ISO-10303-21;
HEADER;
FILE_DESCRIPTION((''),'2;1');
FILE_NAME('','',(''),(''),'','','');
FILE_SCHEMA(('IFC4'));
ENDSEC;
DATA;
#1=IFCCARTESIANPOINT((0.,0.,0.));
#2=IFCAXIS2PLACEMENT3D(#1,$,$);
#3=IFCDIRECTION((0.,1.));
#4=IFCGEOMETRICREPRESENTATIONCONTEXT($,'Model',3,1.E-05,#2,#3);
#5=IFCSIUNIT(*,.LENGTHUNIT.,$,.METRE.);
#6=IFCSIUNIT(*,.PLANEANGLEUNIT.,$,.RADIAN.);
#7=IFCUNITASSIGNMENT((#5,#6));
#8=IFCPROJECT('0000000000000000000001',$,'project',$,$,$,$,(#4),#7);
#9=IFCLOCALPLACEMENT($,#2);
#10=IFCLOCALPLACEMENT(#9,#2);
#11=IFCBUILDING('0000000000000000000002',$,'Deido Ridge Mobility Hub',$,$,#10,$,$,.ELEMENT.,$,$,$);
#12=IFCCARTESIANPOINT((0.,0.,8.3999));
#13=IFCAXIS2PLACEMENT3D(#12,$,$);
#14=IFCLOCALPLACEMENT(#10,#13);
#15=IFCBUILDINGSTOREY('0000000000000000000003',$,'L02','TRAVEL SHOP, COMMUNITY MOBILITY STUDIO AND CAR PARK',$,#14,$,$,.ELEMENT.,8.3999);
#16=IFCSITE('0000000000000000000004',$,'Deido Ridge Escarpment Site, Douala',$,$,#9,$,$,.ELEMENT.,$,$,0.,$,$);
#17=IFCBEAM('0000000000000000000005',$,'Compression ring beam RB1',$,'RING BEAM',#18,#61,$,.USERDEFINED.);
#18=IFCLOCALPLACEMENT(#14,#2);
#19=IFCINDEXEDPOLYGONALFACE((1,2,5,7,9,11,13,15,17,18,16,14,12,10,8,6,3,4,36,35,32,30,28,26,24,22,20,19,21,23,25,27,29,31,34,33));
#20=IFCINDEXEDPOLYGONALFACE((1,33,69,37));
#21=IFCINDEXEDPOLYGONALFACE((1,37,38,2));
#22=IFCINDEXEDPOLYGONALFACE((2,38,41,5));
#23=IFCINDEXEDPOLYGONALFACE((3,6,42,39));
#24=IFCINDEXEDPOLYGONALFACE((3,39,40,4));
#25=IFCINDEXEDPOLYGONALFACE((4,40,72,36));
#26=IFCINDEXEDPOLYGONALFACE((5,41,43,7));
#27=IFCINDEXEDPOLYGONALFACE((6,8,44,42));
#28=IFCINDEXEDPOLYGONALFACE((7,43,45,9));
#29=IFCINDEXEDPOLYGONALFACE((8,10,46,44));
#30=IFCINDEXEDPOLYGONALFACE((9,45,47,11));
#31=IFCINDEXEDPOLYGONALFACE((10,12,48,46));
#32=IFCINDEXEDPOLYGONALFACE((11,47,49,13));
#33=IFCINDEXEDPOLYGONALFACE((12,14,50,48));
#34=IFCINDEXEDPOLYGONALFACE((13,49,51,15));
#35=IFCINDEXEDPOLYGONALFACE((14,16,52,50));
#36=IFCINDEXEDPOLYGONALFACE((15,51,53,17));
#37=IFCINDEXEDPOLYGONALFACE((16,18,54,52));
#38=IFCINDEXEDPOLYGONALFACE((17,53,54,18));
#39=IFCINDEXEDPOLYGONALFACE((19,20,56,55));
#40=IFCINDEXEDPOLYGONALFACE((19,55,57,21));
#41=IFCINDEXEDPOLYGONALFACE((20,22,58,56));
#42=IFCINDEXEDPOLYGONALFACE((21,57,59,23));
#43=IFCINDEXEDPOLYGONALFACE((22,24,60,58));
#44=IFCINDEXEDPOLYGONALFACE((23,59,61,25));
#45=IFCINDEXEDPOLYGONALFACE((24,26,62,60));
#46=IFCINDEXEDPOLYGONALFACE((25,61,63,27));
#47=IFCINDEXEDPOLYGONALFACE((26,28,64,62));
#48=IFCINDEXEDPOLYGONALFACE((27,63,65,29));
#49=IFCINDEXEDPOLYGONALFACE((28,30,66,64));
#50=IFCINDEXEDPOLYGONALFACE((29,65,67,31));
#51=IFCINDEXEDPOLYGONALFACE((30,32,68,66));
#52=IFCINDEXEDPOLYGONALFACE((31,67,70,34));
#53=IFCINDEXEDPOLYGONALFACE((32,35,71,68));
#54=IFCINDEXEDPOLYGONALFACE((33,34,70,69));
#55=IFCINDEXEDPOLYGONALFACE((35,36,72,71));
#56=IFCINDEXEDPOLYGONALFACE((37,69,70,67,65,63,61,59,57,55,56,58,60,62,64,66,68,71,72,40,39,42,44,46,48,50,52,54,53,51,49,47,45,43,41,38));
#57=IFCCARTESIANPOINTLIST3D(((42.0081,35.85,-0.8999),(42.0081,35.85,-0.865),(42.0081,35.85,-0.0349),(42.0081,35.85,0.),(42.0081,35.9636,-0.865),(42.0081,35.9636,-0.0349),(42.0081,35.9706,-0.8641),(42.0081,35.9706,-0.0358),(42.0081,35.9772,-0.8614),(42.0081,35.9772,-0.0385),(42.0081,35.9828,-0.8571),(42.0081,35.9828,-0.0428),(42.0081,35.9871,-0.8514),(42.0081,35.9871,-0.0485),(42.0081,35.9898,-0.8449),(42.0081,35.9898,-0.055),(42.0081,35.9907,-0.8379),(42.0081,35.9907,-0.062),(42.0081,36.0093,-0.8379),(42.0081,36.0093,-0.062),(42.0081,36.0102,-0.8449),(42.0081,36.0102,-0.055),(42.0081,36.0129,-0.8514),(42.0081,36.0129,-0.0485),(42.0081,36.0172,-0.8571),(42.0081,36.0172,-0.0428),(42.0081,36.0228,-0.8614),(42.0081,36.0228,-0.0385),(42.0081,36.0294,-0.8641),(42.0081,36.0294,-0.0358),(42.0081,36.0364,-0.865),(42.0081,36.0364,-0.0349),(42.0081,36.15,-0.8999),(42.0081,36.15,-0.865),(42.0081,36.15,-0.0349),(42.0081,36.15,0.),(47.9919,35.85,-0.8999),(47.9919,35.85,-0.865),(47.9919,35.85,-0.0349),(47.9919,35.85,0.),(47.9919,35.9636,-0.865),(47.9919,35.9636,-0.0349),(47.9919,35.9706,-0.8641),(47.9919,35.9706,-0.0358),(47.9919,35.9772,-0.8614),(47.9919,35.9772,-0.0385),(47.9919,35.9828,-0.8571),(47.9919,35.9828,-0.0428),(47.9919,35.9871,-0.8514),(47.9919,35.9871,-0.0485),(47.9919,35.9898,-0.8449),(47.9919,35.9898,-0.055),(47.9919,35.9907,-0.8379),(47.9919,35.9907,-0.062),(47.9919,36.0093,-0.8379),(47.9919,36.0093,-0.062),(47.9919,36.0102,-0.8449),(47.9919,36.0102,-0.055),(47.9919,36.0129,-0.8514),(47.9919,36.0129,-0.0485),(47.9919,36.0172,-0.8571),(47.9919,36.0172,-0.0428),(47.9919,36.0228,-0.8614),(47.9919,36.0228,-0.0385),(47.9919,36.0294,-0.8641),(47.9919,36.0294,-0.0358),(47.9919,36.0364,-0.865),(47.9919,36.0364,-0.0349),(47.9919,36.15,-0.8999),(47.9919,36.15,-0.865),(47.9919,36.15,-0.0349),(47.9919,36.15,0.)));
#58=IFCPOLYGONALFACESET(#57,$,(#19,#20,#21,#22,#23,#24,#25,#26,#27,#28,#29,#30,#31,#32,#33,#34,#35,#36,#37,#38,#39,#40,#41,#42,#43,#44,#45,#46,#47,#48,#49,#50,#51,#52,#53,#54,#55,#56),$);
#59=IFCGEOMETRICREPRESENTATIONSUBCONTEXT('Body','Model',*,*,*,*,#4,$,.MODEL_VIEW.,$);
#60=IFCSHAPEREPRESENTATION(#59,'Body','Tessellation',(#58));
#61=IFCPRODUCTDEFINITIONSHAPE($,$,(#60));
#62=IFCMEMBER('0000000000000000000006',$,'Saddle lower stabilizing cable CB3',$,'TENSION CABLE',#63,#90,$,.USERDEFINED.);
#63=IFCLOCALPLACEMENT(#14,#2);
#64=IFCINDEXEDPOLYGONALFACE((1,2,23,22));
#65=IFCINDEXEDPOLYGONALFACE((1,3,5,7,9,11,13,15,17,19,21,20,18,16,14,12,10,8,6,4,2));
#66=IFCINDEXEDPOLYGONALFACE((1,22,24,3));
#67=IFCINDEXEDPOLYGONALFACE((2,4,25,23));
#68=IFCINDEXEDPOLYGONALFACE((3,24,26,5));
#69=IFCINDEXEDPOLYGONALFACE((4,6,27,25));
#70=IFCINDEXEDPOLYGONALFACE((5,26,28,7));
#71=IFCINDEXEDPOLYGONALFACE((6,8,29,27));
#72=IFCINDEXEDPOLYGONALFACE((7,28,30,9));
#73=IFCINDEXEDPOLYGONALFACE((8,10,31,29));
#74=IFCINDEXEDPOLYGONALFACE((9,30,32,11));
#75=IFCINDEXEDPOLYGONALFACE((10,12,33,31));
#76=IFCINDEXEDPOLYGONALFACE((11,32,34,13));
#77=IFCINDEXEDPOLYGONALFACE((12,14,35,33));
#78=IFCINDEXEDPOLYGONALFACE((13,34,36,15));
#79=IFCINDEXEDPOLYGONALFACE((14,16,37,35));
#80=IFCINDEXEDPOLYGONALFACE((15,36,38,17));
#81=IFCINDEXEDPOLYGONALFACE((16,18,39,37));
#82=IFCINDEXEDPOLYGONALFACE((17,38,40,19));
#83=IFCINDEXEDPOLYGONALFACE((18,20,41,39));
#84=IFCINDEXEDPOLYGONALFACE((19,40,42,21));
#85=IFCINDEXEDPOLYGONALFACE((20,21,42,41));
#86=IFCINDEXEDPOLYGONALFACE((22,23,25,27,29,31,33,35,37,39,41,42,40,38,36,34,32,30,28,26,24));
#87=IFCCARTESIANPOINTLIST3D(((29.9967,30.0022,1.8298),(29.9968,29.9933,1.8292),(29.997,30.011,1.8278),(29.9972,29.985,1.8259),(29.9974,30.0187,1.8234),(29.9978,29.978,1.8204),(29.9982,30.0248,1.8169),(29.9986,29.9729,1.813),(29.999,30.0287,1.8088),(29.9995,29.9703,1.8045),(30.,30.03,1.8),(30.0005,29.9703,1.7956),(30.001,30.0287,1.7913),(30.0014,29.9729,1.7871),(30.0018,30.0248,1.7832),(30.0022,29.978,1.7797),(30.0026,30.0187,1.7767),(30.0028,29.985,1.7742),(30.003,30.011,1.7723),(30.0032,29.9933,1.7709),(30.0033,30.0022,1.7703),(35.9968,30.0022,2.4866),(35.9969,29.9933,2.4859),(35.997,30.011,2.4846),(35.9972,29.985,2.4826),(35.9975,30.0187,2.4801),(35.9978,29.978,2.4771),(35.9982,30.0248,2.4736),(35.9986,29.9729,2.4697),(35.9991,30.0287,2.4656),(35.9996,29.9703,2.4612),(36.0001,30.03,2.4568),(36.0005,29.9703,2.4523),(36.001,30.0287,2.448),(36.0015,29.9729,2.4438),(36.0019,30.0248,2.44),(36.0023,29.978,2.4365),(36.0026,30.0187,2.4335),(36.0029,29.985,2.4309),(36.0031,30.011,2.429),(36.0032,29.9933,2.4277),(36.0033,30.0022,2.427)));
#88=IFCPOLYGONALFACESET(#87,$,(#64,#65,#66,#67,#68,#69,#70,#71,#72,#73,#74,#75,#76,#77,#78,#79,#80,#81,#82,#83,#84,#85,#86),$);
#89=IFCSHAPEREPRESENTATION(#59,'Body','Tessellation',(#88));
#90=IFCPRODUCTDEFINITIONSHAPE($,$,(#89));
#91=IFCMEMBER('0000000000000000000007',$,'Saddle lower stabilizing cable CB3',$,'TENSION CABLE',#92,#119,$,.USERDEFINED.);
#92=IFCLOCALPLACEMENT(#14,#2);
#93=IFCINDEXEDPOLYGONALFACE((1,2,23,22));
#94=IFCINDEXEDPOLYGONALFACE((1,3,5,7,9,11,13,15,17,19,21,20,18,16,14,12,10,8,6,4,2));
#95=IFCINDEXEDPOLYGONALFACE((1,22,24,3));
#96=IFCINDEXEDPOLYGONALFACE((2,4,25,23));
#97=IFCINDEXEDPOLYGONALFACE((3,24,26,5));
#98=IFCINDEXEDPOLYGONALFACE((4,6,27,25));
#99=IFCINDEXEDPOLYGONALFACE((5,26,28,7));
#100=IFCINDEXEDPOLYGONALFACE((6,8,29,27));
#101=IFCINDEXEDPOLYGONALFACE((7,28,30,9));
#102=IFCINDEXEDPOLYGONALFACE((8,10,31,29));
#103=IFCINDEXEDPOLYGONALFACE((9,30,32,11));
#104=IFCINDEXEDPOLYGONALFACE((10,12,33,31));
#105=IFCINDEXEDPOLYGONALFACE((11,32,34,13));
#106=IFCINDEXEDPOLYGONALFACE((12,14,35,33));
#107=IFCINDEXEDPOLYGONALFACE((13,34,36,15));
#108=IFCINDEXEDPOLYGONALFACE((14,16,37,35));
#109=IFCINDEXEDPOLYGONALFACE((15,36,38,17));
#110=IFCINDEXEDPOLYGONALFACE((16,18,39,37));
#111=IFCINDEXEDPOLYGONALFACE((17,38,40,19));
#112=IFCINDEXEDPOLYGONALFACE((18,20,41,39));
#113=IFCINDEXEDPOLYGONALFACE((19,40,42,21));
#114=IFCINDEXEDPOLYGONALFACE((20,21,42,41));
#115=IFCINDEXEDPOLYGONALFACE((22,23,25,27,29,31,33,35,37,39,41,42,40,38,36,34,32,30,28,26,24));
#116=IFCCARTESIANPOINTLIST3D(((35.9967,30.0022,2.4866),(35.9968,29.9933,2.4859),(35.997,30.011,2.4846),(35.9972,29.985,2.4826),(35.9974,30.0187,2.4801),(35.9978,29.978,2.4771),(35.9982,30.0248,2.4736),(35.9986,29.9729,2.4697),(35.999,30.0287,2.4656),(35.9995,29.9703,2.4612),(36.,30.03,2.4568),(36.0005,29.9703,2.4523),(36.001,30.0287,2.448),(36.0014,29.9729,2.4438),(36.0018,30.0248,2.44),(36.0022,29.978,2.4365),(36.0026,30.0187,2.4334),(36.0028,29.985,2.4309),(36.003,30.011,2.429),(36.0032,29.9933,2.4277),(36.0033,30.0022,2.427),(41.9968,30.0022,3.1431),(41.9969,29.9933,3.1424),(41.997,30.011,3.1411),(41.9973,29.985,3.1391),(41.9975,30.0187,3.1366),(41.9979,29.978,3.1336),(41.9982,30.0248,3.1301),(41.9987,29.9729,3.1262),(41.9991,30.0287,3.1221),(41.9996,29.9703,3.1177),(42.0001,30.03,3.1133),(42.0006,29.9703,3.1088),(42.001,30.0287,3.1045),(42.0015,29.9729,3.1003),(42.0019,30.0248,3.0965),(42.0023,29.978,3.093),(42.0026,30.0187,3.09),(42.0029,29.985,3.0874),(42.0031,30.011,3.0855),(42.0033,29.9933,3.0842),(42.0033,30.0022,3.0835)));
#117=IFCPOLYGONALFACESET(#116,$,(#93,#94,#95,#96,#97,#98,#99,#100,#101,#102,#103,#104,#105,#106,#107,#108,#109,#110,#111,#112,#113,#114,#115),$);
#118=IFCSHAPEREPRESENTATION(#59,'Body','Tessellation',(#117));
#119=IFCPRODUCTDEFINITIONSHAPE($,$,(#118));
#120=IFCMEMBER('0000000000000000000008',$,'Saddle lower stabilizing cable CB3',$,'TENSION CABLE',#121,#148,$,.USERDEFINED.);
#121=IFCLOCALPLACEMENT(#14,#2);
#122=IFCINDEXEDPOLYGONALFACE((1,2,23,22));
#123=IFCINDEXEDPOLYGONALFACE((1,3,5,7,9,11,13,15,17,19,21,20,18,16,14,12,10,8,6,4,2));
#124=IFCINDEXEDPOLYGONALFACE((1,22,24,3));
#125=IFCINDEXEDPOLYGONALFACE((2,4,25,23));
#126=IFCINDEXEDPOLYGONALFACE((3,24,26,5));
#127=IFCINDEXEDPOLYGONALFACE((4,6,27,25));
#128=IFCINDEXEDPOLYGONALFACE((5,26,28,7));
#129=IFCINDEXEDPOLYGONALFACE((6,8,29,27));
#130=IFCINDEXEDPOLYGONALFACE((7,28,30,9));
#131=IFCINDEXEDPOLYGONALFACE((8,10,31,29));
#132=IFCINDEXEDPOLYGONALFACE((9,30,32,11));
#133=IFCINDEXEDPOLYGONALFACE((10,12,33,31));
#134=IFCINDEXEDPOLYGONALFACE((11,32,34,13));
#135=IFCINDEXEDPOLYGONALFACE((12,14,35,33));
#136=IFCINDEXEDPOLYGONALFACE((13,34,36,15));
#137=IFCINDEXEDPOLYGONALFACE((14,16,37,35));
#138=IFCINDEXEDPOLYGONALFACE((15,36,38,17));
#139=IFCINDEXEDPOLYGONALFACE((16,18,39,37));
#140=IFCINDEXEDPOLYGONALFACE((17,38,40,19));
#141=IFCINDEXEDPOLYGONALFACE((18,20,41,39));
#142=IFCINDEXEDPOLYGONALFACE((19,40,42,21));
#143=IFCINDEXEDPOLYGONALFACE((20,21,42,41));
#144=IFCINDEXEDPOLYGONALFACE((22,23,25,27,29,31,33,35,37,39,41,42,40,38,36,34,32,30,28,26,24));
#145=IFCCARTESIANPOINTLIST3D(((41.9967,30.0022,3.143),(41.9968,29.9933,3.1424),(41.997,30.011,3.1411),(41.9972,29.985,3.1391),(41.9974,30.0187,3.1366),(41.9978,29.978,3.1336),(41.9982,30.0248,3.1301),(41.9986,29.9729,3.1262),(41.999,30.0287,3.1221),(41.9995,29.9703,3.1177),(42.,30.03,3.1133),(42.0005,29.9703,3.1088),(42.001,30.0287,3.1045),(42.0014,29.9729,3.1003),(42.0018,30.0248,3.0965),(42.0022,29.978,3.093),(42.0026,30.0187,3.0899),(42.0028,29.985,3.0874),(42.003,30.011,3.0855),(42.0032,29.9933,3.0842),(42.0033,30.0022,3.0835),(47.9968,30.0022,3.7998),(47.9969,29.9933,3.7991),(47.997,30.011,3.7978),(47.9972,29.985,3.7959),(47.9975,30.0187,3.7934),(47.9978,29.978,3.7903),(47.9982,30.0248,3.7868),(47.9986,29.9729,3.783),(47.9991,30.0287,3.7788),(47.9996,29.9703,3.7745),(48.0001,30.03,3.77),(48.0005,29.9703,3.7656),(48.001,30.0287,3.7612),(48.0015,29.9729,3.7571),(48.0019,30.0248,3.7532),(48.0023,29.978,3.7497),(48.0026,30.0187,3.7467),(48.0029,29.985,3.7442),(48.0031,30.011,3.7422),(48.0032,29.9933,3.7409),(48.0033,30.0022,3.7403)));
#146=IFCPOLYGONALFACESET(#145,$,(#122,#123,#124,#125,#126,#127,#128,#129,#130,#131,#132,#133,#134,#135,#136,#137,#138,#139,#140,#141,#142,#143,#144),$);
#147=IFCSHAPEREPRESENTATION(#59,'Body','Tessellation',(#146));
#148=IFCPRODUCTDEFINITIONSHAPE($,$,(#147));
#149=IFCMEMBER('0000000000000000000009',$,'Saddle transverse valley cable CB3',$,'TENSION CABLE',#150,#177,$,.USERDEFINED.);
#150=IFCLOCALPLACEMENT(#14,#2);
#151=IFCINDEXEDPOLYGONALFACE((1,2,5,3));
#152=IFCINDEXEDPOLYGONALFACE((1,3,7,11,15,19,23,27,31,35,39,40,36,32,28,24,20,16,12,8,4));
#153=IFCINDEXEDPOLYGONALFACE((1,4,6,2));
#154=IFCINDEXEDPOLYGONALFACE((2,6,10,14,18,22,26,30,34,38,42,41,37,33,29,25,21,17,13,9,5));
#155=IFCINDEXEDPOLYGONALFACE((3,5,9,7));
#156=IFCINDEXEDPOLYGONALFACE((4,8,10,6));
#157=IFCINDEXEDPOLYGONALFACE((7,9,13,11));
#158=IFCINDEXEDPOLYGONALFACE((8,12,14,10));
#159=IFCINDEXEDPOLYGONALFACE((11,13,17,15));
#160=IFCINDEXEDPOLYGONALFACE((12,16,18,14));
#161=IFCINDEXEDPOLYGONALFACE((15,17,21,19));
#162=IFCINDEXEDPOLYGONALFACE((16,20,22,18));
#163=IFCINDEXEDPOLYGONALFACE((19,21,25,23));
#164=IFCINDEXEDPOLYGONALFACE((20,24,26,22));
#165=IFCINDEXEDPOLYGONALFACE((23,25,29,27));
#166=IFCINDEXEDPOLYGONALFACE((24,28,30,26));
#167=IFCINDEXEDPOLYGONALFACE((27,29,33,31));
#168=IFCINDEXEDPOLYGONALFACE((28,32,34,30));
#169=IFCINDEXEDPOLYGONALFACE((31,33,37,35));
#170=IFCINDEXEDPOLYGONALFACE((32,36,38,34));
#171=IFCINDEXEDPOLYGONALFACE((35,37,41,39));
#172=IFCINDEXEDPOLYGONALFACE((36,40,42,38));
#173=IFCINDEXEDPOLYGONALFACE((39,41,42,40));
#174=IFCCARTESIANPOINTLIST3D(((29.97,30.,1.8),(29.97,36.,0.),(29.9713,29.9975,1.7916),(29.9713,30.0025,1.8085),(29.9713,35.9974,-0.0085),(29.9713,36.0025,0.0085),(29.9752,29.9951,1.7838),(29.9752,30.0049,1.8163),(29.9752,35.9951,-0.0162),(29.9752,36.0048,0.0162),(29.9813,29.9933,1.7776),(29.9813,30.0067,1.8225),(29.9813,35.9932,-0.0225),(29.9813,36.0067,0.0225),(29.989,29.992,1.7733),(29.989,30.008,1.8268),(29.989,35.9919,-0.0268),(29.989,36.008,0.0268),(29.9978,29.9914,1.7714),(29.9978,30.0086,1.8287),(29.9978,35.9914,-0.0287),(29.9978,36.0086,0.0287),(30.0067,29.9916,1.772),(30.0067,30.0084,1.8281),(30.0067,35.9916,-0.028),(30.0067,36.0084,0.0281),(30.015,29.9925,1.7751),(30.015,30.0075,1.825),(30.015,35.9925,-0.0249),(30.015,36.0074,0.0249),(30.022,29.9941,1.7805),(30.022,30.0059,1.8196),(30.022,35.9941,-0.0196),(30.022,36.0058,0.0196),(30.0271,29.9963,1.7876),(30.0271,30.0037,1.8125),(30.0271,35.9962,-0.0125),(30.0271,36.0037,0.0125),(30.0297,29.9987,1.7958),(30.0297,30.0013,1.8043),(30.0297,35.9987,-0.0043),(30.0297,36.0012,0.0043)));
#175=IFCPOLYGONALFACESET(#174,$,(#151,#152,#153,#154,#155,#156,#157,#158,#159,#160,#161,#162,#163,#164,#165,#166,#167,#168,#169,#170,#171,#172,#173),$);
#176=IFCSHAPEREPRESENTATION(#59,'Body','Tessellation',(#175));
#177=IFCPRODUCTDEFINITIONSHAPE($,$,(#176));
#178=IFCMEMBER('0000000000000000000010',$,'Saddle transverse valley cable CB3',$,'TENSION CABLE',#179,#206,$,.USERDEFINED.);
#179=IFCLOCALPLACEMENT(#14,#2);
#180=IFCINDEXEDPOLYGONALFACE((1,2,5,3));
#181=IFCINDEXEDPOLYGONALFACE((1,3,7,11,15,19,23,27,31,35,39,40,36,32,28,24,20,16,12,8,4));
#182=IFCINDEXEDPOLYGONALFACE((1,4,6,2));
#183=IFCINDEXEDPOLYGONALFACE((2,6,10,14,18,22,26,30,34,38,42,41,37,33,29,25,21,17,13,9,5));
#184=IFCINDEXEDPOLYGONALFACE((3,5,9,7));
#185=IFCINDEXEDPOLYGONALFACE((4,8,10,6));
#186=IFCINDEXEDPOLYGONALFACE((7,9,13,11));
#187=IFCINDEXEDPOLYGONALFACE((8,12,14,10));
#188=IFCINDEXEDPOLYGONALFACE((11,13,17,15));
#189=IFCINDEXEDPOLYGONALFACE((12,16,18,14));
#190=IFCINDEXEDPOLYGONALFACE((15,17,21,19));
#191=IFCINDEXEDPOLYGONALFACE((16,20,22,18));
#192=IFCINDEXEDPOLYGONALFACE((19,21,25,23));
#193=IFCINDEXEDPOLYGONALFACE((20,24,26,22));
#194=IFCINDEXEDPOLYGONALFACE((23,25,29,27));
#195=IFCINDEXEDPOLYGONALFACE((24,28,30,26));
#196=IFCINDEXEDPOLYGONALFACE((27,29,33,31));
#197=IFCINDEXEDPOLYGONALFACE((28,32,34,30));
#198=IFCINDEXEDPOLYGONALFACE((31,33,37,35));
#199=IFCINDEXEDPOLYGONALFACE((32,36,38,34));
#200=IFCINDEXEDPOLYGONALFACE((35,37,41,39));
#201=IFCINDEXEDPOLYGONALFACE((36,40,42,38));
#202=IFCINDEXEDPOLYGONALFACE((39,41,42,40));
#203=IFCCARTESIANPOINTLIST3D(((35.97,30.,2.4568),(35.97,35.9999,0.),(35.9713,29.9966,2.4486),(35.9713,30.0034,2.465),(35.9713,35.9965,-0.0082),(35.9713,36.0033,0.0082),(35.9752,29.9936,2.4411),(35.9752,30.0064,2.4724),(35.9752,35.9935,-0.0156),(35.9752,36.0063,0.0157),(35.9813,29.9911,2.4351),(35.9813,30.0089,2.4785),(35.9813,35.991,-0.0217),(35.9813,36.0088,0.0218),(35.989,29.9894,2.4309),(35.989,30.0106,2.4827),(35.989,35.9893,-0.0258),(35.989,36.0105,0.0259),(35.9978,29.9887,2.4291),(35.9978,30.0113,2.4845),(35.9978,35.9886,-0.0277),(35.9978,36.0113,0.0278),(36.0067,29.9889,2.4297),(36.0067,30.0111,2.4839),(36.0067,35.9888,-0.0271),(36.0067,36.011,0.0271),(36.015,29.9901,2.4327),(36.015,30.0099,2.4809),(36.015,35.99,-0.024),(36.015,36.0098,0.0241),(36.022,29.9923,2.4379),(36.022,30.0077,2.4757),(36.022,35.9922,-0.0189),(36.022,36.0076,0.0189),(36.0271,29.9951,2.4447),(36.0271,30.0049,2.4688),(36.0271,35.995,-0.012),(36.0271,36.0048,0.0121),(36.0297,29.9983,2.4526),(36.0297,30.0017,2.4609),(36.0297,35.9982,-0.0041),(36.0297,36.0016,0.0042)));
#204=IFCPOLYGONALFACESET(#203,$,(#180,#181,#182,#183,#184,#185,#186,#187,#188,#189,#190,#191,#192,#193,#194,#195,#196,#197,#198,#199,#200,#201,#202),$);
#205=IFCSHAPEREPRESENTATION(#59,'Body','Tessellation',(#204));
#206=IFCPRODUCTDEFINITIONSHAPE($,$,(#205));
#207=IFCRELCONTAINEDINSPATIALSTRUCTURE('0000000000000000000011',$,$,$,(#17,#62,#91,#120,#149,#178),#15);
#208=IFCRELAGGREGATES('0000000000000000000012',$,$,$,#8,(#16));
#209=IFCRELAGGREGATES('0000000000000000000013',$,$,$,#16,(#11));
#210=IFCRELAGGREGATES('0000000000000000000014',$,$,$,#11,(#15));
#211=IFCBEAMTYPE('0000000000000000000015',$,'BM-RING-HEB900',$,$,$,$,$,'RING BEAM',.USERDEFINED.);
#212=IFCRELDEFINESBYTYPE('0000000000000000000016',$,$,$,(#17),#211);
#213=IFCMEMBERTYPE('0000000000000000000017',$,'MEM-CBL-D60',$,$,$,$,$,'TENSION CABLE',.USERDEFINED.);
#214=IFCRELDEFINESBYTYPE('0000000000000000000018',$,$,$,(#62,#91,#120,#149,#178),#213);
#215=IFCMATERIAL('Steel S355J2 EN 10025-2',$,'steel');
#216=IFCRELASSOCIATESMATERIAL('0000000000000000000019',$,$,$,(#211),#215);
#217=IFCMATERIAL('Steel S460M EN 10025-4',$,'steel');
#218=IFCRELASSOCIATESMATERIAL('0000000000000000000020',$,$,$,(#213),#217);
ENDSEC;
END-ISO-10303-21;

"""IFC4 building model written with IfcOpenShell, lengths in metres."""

from ifc_helpers import new_model, si_unit, direction, frame, origin, origin_2d, place, context, subcontext, project, spatial, circle, i_section, extrude, material, material_profile, profile_set, type_object, element, save


model = new_model("IFC4")

# Units and contexts
model_context = context("Model", 3, precision=1e-05, world=origin(), true_north=direction((0.0, 1.0)))
body_context = subcontext(model_context, "Body", "Model", "MODEL_VIEW")
ifc_project = project(units=[si_unit("LENGTHUNIT", "METRE"), si_unit("PLANEANGLEUNIT", "RADIAN")], contexts=[model_context])

# Site, building, storey
site_placement = place(None, origin())
site = spatial("IfcSite", under=ifc_project, at=site_placement, Name="Deido Ridge Escarpment Site, Douala", CompositionType="ELEMENT", RefElevation=0.0)
building_placement = place(site_placement, origin())
building = spatial("IfcBuilding", under=site, at=building_placement, Name="Deido Ridge Mobility Hub", CompositionType="ELEMENT")
storey_placement = place(building_placement, frame((0.0, 0.0, 8.3999)))
storey = spatial("IfcBuildingStorey", under=building, at=storey_placement, Name="L02", Description="TRAVEL SHOP, COMMUNITY MOBILITY STUDIO AND CAR PARK", CompositionType="ELEMENT", Elevation=8.3999)

# Beam
ifc_material_1 = material(Name="Steel S355J2 EN 10025-2", Category="steel")
ifc_material_profile_1 = material_profile(ifc_material_1, i_section(OverallWidth=0.3, OverallDepth=0.8999, WebThickness=0.0186, FlangeThickness=0.0349, FilletRadius=0.0271, at=origin_2d()), Name="HEB 900")
ifc_profile_set_1 = profile_set([ifc_material_profile_1], Name="Steel S355J2 EN 10025-2")
beam_type = type_object("IfcBeamType", Name="BM-RING-HEB900", ElementType="RING BEAM", PredefinedType="USERDEFINED", material=ifc_profile_set_1)
for number, where, z_axis, x_axis, name in (
    (1, (42.0081, 36.0, -0.45), (1.0, 0.0, 0.0), (0.0, 1.0, 0.0), "Compression ring beam RB1"),
):
    element("IfcBeam", number, at=place(storey_placement, frame(where, z_axis=z_axis, x_axis=x_axis)), inside=storey, type_object=beam_type, Name=name, ObjectType="RING BEAM", PredefinedType="USERDEFINED", context=body_context, shape_type="SweptSolid", body=[
        extrude(i_section(OverallWidth=0.3, OverallDepth=0.8999, WebThickness=0.0186, FlangeThickness=0.0349, FilletRadius=0.0271, at=origin_2d()), origin(), (0.0, 0.0, 1.0), 5.9839),
    ])

# Members
ifc_material_2 = material(Name="Steel S460M EN 10025-4", Category="steel")
ifc_material_profile_2 = material_profile(ifc_material_2, circle(Radius=0.03, at=origin_2d()), Name="CABLE D60")
ifc_profile_set_2 = profile_set([ifc_material_profile_2], Name="Steel S460M EN 10025-4")
member_type_1 = type_object("IfcMemberType", Name="MEM-CBL-D60", ElementType="TENSION CABLE", PredefinedType="USERDEFINED", material=ifc_profile_set_2)
for number, where, z_axis, x_axis, name in (
    (2, (30.0, 30.0, 1.8), (0.994063, 0.0, 0.108807), (0.0, 1.0, 0.0), "Saddle lower stabilizing cable CB3"),
    (3, (36.0, 30.0, 2.4568), (0.994067, 0.0, 0.108767), (0.0, 1.0, 0.0), "Saddle lower stabilizing cable CB3"),
    (4, (42.0, 30.0, 3.1133), (0.994063, 0.0, 0.108807), (0.0, 1.0, 0.0), "Saddle lower stabilizing cable CB3"),
):
    element("IfcMember", number, at=place(storey_placement, frame(where, z_axis=z_axis, x_axis=x_axis)), inside=storey, type_object=member_type_1, Name=name, ObjectType="TENSION CABLE", PredefinedType="USERDEFINED", context=body_context, shape_type="SweptSolid", body=[
        extrude(circle(Radius=0.03, at=origin_2d()), origin(), (0.0, 0.0, 1.0), 6.0359),
    ])
member_1_placement = place(storey_placement, frame((30.0, 30.0, 1.8), z_axis=(0.0, 0.957824, -0.287355), x_axis=(-1.0, 0.0, 0.0)))
element("IfcMember", 5, at=member_1_placement, inside=storey, type_object=member_type_1, Name="Saddle transverse valley cable CB3", ObjectType="TENSION CABLE", PredefinedType="USERDEFINED", context=body_context, shape_type="SweptSolid", body=[
    extrude(circle(Radius=0.03, at=origin_2d()), origin(), (0.0, 0.0, 1.0), 6.2642),
])
member_2_placement = place(storey_placement, frame((36.0, 30.0, 2.4568), z_axis=(0.0, 0.925426, -0.378929), x_axis=(-1.0, 0.0, 0.0)))
element("IfcMember", 6, at=member_2_placement, inside=storey, type_object=member_type_1, Name="Saddle transverse valley cable CB3", ObjectType="TENSION CABLE", PredefinedType="USERDEFINED", context=body_context, shape_type="SweptSolid", body=[
    extrude(circle(Radius=0.03, at=origin_2d()), origin(), (0.0, 0.0, 1.0), 6.4834),
])

save(model, "model.ifc")
